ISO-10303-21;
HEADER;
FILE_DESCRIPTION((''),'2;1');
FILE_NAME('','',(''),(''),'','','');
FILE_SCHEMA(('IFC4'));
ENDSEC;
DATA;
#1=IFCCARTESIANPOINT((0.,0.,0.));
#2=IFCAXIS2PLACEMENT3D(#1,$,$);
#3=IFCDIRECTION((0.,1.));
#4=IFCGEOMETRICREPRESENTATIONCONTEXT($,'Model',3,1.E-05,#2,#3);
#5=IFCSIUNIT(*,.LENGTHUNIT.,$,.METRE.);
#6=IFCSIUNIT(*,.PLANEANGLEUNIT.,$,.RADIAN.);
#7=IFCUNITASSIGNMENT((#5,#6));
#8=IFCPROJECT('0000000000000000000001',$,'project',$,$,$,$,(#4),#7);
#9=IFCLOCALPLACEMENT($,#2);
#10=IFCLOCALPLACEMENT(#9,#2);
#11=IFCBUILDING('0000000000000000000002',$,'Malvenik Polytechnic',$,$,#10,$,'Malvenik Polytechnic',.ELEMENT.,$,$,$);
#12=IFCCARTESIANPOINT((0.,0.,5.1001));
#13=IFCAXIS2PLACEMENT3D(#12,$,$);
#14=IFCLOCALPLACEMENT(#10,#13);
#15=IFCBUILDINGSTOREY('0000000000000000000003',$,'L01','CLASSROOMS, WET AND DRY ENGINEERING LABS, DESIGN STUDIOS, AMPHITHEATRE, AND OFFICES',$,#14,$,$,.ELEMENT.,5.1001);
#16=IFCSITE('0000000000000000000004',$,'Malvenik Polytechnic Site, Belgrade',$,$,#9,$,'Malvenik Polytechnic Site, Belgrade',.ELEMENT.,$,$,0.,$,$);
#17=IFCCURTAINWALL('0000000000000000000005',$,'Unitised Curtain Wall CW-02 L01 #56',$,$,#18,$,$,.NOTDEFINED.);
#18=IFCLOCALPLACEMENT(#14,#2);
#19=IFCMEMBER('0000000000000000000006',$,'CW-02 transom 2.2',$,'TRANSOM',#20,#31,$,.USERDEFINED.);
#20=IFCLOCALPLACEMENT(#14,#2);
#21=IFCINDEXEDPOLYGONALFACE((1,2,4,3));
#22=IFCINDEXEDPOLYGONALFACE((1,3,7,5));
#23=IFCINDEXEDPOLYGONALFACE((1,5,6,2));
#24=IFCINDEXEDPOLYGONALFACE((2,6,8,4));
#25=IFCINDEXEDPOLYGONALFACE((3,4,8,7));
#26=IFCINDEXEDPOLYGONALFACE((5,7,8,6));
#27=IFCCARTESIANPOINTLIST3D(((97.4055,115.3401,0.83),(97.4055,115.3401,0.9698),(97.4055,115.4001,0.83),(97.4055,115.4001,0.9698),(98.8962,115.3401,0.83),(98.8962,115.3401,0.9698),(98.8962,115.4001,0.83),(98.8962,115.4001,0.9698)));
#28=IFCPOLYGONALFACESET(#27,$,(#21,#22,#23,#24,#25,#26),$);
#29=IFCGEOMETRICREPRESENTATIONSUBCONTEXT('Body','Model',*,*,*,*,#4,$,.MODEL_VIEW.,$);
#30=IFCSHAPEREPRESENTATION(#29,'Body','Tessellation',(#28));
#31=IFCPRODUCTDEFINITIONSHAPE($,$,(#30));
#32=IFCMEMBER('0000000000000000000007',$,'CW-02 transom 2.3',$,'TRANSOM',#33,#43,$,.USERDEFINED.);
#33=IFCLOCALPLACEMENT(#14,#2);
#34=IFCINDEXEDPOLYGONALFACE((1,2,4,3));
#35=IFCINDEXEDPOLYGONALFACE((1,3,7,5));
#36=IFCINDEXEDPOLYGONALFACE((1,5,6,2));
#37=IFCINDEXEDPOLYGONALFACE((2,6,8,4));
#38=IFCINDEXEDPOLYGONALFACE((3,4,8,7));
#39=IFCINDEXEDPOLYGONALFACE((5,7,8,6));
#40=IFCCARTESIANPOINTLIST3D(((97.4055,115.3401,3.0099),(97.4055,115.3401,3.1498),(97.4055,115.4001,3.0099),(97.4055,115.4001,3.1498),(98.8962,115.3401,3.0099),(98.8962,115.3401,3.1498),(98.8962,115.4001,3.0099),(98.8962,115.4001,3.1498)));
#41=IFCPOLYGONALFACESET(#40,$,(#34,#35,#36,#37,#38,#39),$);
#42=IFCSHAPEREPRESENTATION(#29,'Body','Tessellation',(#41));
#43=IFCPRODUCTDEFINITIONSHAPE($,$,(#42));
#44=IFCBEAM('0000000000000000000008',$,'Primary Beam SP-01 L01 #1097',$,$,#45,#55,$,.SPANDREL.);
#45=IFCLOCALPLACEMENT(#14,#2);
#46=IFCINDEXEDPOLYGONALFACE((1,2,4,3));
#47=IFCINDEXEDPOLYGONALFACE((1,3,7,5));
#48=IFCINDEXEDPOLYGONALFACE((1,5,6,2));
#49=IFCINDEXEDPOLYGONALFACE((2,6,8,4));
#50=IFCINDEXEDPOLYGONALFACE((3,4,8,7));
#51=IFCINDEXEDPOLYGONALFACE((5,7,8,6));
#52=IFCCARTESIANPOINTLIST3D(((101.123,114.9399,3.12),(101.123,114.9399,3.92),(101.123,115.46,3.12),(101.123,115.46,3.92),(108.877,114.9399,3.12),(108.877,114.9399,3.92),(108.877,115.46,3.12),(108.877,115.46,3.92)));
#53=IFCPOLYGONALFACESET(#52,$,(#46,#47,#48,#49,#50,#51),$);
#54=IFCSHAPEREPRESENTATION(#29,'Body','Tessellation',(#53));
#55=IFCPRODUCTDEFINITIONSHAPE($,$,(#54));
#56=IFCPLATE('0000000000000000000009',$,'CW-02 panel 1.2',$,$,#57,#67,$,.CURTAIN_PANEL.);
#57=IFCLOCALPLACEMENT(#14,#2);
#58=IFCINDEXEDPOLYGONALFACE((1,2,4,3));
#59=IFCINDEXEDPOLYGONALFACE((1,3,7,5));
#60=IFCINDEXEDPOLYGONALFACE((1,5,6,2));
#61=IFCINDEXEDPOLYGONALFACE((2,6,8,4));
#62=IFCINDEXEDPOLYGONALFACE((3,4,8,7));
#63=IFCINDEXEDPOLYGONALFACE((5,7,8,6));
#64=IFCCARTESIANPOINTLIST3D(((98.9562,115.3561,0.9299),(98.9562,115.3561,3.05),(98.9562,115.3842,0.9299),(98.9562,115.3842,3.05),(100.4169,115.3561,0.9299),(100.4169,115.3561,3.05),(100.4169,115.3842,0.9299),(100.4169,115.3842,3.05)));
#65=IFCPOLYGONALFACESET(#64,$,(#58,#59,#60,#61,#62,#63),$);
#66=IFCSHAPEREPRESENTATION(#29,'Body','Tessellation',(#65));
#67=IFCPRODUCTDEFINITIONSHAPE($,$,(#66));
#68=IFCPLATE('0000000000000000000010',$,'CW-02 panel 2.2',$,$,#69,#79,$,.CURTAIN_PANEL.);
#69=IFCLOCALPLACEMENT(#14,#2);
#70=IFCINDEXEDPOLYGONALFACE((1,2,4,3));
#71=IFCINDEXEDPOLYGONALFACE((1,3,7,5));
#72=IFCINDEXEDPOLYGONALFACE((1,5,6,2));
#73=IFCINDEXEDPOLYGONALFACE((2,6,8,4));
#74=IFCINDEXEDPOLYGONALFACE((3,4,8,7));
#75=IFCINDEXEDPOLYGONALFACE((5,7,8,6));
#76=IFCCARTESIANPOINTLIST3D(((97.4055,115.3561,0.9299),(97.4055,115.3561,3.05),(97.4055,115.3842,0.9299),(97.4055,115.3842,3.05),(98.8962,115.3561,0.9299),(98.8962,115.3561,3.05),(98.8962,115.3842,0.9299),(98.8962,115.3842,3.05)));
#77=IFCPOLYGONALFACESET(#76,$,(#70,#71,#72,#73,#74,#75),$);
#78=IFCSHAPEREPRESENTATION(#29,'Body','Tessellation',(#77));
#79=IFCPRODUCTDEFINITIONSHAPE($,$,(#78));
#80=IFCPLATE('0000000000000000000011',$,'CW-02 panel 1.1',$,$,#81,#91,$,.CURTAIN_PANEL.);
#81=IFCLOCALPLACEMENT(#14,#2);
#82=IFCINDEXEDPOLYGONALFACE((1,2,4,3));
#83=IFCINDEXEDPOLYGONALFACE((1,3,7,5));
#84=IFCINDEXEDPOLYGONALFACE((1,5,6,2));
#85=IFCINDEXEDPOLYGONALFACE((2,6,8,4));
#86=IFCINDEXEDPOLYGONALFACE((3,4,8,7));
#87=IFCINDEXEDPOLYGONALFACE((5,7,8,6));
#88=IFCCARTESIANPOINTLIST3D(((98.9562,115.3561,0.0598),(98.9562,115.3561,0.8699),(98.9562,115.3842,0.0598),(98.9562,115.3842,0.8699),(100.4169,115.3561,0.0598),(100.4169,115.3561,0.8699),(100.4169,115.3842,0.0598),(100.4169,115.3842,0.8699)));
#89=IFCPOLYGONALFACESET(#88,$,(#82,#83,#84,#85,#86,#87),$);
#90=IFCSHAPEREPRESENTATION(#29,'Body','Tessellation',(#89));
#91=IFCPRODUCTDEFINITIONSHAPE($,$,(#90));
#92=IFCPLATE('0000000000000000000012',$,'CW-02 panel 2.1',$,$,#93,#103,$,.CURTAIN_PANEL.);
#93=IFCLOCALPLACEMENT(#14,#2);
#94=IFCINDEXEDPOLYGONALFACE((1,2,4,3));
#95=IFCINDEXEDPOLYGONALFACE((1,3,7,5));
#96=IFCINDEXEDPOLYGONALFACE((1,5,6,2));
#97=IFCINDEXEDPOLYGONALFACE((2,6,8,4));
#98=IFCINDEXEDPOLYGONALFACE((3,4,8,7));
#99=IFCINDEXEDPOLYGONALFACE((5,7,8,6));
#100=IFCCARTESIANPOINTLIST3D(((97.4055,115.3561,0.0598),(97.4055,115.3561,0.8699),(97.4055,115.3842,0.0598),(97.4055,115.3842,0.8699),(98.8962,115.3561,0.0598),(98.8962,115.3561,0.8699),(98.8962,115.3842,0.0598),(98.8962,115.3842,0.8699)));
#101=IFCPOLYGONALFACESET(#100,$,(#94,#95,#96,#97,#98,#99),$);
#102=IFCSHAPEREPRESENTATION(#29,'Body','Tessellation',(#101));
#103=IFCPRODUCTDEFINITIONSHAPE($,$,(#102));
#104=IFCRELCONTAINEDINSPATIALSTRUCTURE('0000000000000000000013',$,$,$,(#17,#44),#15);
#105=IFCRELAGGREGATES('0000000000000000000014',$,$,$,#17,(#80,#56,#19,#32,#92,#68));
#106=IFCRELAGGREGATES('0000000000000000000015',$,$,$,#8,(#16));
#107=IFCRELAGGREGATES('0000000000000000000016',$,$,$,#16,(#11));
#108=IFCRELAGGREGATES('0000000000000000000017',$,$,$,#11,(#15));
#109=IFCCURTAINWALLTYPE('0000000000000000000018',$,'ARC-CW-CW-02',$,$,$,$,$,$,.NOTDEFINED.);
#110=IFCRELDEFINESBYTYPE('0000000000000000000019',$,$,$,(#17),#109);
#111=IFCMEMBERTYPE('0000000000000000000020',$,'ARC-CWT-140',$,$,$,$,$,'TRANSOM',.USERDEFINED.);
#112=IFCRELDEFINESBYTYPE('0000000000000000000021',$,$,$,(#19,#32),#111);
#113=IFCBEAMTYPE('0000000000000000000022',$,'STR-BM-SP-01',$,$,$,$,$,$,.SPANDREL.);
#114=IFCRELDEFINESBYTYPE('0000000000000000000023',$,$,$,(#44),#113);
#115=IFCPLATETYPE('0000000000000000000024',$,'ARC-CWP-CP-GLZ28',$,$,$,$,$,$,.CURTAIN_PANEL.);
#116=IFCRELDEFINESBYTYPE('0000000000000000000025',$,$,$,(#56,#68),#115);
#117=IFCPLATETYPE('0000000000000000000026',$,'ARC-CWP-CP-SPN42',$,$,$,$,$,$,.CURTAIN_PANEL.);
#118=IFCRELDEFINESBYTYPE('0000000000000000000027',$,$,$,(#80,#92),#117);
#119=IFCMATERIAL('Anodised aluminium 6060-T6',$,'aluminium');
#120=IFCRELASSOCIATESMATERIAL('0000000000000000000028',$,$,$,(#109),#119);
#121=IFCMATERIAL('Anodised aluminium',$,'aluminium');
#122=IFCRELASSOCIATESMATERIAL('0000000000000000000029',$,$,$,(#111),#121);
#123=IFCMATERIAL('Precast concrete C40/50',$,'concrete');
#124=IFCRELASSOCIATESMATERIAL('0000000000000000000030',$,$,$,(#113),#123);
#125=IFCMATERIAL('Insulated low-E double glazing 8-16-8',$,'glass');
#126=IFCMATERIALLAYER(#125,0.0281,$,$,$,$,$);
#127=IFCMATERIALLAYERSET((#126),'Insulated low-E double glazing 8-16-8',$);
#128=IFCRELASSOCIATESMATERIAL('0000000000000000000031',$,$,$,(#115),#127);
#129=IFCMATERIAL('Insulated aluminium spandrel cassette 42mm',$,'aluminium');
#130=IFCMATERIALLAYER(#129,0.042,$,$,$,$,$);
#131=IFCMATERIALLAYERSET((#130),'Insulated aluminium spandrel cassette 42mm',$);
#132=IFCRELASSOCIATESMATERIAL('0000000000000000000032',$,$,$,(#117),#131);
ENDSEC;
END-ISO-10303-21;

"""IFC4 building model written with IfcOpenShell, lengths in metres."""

from ifc_helpers import new_model, si_unit, direction, frame, origin, origin_2d, place, context, subcontext, project, spatial, rectangle, extrude, material, layer, layer_set, material_profile, profile_set, type_object, element, aggregate, save


model = new_model("IFC4")

# Units and contexts
model_context = context("Model", 3, precision=1e-05, world=origin(), true_north=direction((0.0, 1.0)))
body_context = subcontext(model_context, "Body", "Model", "MODEL_VIEW")
ifc_project = project(units=[si_unit("LENGTHUNIT", "METRE"), si_unit("PLANEANGLEUNIT", "RADIAN")], contexts=[model_context])

# Site, building, storey
site_placement = place(None, origin())
site = spatial("IfcSite", under=ifc_project, at=site_placement, Name="Malvenik Polytechnic Site, Belgrade", LongName="Malvenik Polytechnic Site, Belgrade", CompositionType="ELEMENT", RefElevation=0.0)
building_placement = place(site_placement, origin())
building = spatial("IfcBuilding", under=site, at=building_placement, Name="Malvenik Polytechnic", LongName="Malvenik Polytechnic", CompositionType="ELEMENT")
storey_placement = place(building_placement, frame((0.0, 0.0, 5.1001)))
storey = spatial("IfcBuildingStorey", under=building, at=storey_placement, Name="L01", Description="CLASSROOMS, WET AND DRY ENGINEERING LABS, DESIGN STUDIOS, AMPHITHEATRE, AND OFFICES", CompositionType="ELEMENT", Elevation=5.1001)

# Curtain wall
ifc_material_1 = material(Name="Anodised aluminium 6060-T6", Category="aluminium")
curtain_wall_type = type_object("IfcCurtainWallType", Name="ARC-CW-CW-02", PredefinedType="NOTDEFINED", material=ifc_material_1)
curtain_wall_1_placement = place(storey_placement, origin())
curtain_wall_1 = element("IfcCurtainWall", 1, at=curtain_wall_1_placement, inside=storey, type_object=curtain_wall_type, Name="Unitised Curtain Wall CW-02 L01 #56", PredefinedType="NOTDEFINED")
ifc_material_2 = material(Name="Anodised aluminium", Category="aluminium")

# Members
ifc_material_profile_1 = material_profile(ifc_material_2, rectangle(XDim=0.0601, YDim=0.1399, at=origin_2d()), Name="ALU TRANSOM 60x140")
ifc_profile_set_1 = profile_set([ifc_material_profile_1], Name="Anodised aluminium")
member_type_1 = type_object("IfcMemberType", Name="ARC-CWT-140", ElementType="TRANSOM", PredefinedType="USERDEFINED", material=ifc_profile_set_1)
member_1_placement = place(storey_placement, frame((98.8962, 115.3701, 0.8999), z_axis=(-1.0, 0.0, 0.0), x_axis=(0.0, -1.0, 0.0)))
member_1 = element("IfcMember", 2, at=member_1_placement, type_object=member_type_1, Name="CW-02 transom 2.2", ObjectType="TRANSOM", PredefinedType="USERDEFINED", context=body_context, shape_type="SweptSolid", body=[
    extrude(rectangle(XDim=0.0601, YDim=0.1399, at=origin_2d()), origin(), (0.0, 0.0, 1.0), 1.4907),
])
member_2_placement = place(storey_placement, frame((98.8962, 115.3701, 3.0798), z_axis=(-1.0, 0.0, 0.0), x_axis=(0.0, -1.0, 0.0)))
member_2 = element("IfcMember", 3, at=member_2_placement, type_object=member_type_1, Name="CW-02 transom 2.3", ObjectType="TRANSOM", PredefinedType="USERDEFINED", context=body_context, shape_type="SweptSolid", body=[
    extrude(rectangle(XDim=0.0601, YDim=0.1399, at=origin_2d()), origin(), (0.0, 0.0, 1.0), 1.4907),
])

# Beam
ifc_material_3 = material(Name="Precast concrete C40/50", Category="concrete")
ifc_material_profile_2 = material_profile(ifc_material_3, rectangle(XDim=0.52, YDim=0.8, at=origin_2d()), Name="PC SPN 520x800")
ifc_profile_set_2 = profile_set([ifc_material_profile_2], Name="Precast concrete C40/50")
beam_type = type_object("IfcBeamType", Name="STR-BM-SP-01", PredefinedType="SPANDREL", material=ifc_profile_set_2)
beam_placement = place(storey_placement, frame((101.123, 115.2, 3.52), z_axis=(1.0, 0.0, 0.0), x_axis=(0.0, 1.0, 0.0)))
element("IfcBeam", 4, at=beam_placement, inside=storey, type_object=beam_type, Name="Primary Beam SP-01 L01 #1097", PredefinedType="SPANDREL", context=body_context, shape_type="SweptSolid", body=[
    extrude(rectangle(XDim=0.52, YDim=0.8, at=origin_2d()), origin(), (0.0, 0.0, 1.0), 7.7539),
])

# Plates
ifc_material_4 = material(Name="Insulated low-E double glazing 8-16-8", Category="glass")
ifc_layer_1 = layer(ifc_material_4, 0.0281)
ifc_layer_set_1 = layer_set([ifc_layer_1], Name="Insulated low-E double glazing 8-16-8")
plate_type_1 = type_object("IfcPlateType", Name="ARC-CWP-CP-GLZ28", PredefinedType="CURTAIN_PANEL", material=ifc_layer_set_1)
plate_1_placement = place(storey_placement, frame((99.6865, 115.3701, 0.9299), z_axis=(0.0, 0.0, 1.0), x_axis=(-1.0, 0.0, 0.0)))
plate_1 = element("IfcPlate", 5, at=plate_1_placement, type_object=plate_type_1, Name="CW-02 panel 1.2", PredefinedType="CURTAIN_PANEL", context=body_context, shape_type="SweptSolid", body=[
    extrude(rectangle(XDim=1.4607, YDim=0.0281, at=origin_2d()), origin(), (0.0, 0.0, 1.0), 2.1201),
])
plate_2_placement = place(storey_placement, frame((98.1509, 115.3701, 0.9299), z_axis=(0.0, 0.0, 1.0), x_axis=(-1.0, 0.0, 0.0)))
plate_2 = element("IfcPlate", 6, at=plate_2_placement, type_object=plate_type_1, Name="CW-02 panel 2.2", PredefinedType="CURTAIN_PANEL", context=body_context, shape_type="SweptSolid", body=[
    extrude(rectangle(XDim=1.4907, YDim=0.0281, at=origin_2d()), origin(), (0.0, 0.0, 1.0), 2.1201),
])
ifc_material_5 = material(Name="Insulated aluminium spandrel cassette 42mm", Category="aluminium")
ifc_layer_2 = layer(ifc_material_5, 0.042)
ifc_layer_set_2 = layer_set([ifc_layer_2], Name="Insulated aluminium spandrel cassette 42mm")
plate_type_2 = type_object("IfcPlateType", Name="ARC-CWP-CP-SPN42", PredefinedType="CURTAIN_PANEL", material=ifc_layer_set_2)
plate_3_placement = place(storey_placement, frame((99.6865, 115.3701, 0.0598), z_axis=(0.0, 0.0, 1.0), x_axis=(-1.0, 0.0, 0.0)))
plate_3 = element("IfcPlate", 7, at=plate_3_placement, type_object=plate_type_2, Name="CW-02 panel 1.1", PredefinedType="CURTAIN_PANEL", context=body_context, shape_type="SweptSolid", body=[
    extrude(rectangle(XDim=1.4607, YDim=0.0281, at=origin_2d()), origin(), (0.0, 0.0, 1.0), 0.8101),
])
plate_4_placement = place(storey_placement, frame((98.1509, 115.3701, 0.0598), z_axis=(0.0, 0.0, 1.0), x_axis=(-1.0, 0.0, 0.0)))
plate_4 = element("IfcPlate", 8, at=plate_4_placement, type_object=plate_type_2, Name="CW-02 panel 2.1", PredefinedType="CURTAIN_PANEL", context=body_context, shape_type="SweptSolid", body=[
    extrude(rectangle(XDim=1.4907, YDim=0.0281, at=origin_2d()), origin(), (0.0, 0.0, 1.0), 0.8101),
])
aggregate(curtain_wall_1, [plate_3, plate_1, member_1, member_2, plate_4, plate_2])

save(model, "model.ifc")
